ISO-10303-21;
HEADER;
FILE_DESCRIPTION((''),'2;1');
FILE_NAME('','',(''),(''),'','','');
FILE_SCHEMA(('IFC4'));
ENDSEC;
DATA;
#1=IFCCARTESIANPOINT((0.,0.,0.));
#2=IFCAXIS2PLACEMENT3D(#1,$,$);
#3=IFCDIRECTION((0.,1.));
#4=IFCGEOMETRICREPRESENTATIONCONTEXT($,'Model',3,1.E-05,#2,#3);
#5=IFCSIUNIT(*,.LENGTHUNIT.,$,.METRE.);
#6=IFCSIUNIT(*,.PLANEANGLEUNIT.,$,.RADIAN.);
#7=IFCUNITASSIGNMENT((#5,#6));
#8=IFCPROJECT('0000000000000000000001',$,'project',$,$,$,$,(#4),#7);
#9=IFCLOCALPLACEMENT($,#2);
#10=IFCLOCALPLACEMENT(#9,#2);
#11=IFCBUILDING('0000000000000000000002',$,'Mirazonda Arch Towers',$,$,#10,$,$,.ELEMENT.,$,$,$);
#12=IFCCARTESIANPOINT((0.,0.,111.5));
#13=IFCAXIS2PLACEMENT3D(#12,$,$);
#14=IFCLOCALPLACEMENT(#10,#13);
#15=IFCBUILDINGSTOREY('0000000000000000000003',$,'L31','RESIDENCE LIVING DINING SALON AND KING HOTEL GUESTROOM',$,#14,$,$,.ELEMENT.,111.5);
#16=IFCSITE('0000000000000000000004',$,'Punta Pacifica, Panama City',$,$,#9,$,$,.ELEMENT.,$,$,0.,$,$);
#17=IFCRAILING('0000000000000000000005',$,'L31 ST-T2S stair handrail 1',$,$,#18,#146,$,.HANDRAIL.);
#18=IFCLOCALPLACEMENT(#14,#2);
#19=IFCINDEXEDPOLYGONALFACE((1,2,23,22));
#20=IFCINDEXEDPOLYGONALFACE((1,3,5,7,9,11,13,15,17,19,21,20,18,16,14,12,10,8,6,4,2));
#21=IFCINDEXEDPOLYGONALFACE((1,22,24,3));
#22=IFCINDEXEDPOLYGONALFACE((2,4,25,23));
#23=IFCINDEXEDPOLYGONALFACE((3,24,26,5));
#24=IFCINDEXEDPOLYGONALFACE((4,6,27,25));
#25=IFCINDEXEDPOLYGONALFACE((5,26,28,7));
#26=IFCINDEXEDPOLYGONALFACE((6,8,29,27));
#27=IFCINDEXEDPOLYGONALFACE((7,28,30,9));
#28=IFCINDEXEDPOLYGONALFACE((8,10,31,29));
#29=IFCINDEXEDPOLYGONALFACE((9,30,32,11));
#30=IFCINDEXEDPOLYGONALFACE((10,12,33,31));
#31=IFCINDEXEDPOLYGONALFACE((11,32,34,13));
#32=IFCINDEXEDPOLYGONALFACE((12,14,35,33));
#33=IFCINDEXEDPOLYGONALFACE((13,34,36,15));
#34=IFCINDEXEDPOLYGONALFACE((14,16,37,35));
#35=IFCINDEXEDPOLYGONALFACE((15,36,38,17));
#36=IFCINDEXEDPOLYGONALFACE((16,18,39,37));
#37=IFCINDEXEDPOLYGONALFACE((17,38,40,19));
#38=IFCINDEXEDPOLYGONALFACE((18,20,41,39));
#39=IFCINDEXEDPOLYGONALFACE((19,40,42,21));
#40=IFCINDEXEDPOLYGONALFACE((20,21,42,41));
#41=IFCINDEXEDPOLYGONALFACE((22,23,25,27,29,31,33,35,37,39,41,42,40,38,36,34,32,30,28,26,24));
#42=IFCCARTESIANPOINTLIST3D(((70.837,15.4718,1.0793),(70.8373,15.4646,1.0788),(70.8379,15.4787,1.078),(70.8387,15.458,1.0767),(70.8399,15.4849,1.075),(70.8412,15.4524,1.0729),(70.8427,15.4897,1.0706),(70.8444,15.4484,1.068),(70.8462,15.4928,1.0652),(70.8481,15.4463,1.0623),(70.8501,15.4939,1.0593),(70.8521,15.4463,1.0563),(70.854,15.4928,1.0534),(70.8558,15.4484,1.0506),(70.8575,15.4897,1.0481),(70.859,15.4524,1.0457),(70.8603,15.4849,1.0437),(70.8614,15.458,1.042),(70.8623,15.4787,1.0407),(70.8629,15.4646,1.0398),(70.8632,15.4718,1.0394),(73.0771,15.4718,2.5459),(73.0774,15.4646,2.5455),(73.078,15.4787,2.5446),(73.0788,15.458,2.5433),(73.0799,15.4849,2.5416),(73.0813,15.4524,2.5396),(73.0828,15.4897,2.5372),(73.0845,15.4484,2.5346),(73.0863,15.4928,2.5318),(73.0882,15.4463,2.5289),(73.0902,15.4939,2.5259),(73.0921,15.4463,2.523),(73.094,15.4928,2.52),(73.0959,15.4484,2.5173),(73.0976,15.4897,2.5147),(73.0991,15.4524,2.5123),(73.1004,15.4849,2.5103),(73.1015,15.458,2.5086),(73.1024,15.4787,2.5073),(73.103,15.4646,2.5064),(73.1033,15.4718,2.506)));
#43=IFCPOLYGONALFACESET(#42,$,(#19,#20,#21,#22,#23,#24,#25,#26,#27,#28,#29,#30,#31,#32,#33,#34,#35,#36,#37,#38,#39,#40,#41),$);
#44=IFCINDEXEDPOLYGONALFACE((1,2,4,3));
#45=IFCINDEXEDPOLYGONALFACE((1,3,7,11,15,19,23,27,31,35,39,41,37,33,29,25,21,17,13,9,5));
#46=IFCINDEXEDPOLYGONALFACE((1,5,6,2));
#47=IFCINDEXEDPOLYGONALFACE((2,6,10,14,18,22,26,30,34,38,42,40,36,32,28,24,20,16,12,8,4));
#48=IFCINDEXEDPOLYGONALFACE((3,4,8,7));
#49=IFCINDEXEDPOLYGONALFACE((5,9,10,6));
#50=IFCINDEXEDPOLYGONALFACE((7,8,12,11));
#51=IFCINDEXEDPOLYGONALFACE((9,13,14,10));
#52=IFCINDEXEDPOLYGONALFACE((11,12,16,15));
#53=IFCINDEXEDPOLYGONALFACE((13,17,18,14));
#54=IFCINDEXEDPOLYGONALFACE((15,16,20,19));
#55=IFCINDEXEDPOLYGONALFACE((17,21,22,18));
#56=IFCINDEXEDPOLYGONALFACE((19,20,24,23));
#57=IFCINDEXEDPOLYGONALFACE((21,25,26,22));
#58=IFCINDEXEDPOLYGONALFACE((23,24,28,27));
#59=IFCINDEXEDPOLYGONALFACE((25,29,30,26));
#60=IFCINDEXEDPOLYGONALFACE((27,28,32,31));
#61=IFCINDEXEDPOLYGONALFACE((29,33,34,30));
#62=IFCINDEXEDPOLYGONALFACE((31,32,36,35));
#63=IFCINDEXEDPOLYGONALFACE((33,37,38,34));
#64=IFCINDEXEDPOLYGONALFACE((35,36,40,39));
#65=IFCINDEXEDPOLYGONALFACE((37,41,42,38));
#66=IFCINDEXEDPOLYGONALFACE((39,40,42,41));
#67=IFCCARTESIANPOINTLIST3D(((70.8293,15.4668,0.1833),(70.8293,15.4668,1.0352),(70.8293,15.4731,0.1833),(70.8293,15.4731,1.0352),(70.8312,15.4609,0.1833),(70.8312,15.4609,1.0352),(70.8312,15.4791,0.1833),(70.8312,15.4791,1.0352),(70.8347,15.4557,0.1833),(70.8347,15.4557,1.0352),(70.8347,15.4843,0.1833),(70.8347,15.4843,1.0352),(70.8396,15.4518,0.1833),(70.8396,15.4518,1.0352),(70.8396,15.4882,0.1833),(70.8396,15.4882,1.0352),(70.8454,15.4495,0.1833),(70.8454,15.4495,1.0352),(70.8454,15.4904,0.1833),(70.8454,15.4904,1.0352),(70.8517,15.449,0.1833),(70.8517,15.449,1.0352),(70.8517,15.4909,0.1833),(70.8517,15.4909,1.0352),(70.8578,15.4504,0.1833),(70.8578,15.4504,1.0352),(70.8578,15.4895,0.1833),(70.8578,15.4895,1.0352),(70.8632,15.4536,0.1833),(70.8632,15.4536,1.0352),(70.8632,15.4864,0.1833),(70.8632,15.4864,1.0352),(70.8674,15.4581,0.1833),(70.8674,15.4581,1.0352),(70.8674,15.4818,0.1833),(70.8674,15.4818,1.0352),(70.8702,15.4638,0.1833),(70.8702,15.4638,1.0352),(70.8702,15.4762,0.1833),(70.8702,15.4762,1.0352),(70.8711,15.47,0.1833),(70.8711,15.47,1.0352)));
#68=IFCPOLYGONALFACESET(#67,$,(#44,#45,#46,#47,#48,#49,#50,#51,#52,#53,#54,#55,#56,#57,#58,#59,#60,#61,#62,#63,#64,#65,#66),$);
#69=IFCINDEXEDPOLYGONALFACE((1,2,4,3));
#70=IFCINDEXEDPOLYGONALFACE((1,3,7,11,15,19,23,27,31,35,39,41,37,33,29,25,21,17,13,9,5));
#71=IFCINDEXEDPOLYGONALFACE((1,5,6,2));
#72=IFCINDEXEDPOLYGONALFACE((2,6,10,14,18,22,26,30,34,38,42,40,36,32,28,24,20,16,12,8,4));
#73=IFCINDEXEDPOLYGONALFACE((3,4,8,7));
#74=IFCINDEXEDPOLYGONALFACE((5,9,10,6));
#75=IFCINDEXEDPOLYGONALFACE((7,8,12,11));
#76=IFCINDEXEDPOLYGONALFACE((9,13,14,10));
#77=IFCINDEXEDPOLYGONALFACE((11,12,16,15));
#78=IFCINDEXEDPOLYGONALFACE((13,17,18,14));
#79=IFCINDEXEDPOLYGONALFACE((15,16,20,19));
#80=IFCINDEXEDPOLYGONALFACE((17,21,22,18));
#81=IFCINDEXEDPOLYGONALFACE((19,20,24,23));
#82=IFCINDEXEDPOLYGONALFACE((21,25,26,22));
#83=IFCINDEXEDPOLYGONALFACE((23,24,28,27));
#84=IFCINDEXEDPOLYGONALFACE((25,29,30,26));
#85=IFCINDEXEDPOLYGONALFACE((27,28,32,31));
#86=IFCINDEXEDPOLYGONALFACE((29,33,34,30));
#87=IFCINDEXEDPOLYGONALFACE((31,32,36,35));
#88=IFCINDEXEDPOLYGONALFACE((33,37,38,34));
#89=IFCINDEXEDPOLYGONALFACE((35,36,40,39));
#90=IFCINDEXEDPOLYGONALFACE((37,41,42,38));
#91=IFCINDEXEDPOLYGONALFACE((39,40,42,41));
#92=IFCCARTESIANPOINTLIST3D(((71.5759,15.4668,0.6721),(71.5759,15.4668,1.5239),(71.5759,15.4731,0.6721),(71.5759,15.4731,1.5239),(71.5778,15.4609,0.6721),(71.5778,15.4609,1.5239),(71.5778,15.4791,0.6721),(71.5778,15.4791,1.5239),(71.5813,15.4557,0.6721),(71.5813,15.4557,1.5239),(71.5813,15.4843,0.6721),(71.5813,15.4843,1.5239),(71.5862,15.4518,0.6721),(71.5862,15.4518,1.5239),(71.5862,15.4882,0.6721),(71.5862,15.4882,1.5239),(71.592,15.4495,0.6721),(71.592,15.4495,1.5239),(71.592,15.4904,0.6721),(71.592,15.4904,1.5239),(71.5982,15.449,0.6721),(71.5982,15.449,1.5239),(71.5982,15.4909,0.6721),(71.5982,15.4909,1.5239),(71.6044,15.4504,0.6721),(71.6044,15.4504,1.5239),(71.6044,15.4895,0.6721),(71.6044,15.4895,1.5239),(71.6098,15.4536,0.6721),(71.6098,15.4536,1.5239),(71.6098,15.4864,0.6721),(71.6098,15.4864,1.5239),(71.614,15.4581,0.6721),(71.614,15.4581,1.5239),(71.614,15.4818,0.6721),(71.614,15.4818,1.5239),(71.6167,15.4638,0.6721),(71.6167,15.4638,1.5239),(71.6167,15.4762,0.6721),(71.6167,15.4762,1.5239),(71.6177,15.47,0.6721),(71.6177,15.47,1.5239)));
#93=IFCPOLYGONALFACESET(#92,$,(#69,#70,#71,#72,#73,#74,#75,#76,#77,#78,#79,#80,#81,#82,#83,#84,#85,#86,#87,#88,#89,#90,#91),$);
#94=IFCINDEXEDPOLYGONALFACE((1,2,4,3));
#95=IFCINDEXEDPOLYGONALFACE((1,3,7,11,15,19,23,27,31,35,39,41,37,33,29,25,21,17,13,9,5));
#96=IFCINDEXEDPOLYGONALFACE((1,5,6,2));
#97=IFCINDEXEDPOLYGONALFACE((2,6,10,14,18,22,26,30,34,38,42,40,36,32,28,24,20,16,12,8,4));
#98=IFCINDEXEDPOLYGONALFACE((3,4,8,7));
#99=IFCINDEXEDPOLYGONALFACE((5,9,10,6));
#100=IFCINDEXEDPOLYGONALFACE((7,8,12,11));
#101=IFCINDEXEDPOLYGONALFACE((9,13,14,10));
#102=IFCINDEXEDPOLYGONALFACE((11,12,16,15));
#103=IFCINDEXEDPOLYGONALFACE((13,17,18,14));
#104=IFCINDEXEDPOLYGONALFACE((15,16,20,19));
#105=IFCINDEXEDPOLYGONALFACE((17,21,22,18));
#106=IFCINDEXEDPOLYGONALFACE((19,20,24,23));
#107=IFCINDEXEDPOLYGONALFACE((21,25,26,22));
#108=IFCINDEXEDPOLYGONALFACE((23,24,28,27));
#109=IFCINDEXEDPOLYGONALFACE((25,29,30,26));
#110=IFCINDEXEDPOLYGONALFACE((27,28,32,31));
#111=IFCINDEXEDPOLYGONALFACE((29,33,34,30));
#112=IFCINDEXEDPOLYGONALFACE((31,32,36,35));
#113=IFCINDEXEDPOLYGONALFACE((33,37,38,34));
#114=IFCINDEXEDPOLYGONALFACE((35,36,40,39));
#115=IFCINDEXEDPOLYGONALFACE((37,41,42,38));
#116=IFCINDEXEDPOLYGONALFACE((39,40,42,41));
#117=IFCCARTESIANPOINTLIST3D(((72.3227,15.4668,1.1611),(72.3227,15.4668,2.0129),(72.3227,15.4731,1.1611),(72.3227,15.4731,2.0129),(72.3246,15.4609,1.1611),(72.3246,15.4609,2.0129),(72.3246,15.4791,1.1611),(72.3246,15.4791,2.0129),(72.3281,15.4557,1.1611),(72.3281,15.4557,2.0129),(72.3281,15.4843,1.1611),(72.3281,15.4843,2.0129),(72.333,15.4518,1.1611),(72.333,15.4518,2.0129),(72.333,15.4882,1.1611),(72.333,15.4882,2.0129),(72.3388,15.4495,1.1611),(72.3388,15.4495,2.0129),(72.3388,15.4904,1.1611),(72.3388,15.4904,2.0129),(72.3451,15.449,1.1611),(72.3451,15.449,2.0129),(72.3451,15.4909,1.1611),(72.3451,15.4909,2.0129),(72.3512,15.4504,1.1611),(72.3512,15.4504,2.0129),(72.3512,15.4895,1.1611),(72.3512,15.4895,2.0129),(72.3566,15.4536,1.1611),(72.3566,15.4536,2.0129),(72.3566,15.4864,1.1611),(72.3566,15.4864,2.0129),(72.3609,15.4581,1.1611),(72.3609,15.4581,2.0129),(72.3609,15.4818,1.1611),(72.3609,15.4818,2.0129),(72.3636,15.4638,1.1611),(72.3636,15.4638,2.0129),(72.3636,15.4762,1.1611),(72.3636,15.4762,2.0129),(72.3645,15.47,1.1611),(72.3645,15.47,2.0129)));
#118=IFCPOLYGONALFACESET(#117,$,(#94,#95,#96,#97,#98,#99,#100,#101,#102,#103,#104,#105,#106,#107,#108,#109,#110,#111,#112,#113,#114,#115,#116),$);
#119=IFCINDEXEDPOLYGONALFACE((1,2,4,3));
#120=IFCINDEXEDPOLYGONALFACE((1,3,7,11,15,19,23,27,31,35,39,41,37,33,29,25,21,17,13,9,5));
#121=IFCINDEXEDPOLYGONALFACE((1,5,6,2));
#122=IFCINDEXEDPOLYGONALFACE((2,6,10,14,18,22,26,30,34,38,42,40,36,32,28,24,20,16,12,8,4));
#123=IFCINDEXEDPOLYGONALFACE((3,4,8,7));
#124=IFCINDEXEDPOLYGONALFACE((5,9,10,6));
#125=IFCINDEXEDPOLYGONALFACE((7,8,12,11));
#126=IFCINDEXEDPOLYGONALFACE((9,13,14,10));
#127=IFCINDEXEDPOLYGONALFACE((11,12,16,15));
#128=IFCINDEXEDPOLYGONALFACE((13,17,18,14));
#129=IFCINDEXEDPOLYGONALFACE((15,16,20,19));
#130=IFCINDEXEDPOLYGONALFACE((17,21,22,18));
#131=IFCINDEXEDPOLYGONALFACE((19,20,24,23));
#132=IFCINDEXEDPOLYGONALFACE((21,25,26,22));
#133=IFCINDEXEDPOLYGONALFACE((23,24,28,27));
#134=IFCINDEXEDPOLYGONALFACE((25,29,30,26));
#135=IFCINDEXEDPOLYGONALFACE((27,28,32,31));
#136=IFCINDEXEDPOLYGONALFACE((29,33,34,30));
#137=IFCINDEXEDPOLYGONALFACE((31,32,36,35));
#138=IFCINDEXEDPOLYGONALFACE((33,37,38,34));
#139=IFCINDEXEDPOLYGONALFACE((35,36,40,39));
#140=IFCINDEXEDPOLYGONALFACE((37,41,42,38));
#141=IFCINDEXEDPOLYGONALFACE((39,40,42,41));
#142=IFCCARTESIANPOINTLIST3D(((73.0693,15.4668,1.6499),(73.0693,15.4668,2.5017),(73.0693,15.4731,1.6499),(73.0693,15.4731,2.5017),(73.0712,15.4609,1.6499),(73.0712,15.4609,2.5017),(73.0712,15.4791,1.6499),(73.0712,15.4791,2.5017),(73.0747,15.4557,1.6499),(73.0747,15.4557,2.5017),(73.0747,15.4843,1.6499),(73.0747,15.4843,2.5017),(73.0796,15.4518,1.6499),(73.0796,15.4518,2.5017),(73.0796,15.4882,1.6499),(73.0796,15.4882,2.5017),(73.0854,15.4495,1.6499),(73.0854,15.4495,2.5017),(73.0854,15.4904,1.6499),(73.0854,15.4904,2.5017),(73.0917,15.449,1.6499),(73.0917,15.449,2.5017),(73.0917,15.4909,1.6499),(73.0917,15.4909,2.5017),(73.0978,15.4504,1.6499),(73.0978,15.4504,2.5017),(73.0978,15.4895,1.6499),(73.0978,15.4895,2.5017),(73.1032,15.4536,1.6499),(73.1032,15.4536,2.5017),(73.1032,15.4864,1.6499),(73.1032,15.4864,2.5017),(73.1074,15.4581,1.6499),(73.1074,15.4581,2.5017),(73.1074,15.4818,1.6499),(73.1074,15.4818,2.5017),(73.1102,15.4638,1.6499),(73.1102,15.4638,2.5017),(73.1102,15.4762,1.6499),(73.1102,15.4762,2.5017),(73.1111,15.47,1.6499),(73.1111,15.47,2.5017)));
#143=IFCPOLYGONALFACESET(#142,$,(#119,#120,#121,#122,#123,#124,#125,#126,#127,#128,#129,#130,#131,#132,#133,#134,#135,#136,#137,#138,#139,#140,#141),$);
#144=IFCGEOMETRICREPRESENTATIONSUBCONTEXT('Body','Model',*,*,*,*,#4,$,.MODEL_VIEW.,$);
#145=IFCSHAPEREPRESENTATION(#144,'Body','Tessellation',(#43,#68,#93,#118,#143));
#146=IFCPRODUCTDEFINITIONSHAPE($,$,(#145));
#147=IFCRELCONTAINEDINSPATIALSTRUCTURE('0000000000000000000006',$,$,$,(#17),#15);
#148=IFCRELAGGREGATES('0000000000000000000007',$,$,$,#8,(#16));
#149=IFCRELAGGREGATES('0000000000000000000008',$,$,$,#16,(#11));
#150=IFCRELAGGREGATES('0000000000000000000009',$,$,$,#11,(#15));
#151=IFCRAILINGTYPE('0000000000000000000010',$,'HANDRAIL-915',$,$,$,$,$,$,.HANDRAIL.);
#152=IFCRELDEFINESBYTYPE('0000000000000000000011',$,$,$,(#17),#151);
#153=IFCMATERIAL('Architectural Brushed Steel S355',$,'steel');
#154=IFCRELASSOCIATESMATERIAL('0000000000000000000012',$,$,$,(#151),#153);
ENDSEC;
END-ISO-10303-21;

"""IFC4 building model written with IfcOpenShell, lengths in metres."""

from ifc_helpers import new_model, si_unit, direction, frame, origin, origin_2d, place, context, subcontext, project, spatial, circle, extrude, material, type_object, element, save


model = new_model("IFC4")

# Units and contexts
model_context = context("Model", 3, precision=1e-05, world=origin(), true_north=direction((0.0, 1.0)))
body_context = subcontext(model_context, "Body", "Model", "MODEL_VIEW")
ifc_project = project(units=[si_unit("LENGTHUNIT", "METRE"), si_unit("PLANEANGLEUNIT", "RADIAN")], contexts=[model_context])

# Site, building, storey
site_placement = place(None, origin())
site = spatial("IfcSite", under=ifc_project, at=site_placement, Name="Punta Pacifica, Panama City", CompositionType="ELEMENT", RefElevation=0.0)
building_placement = place(site_placement, origin())
building = spatial("IfcBuilding", under=site, at=building_placement, Name="Mirazonda Arch Towers", CompositionType="ELEMENT")
storey_placement = place(building_placement, frame((0.0, 0.0, 111.5)))
storey = spatial("IfcBuildingStorey", under=building, at=storey_placement, Name="L31", Description="RESIDENCE LIVING DINING SALON AND KING HOTEL GUESTROOM", CompositionType="ELEMENT", Elevation=111.5)

# Railing
ifc_material_1 = material(Name="Architectural Brushed Steel S355", Category="steel")
railing_type_1 = type_object("IfcRailingType", Name="HANDRAIL-915", PredefinedType="HANDRAIL", material=ifc_material_1)
railing_1_placement = place(storey_placement, frame((70.8501, 15.47, 0.1833)))
element("IfcRailing", 1, at=railing_1_placement, inside=storey, type_object=railing_type_1, Name="L31 ST-T2S stair handrail 1", PredefinedType="HANDRAIL", context=body_context, shape_type="SweptSolid", body=[
    extrude(circle(Radius=0.0239, at=origin_2d()), frame((0.0, 0.0, 0.876), z_axis=(0.836637, 0.0, 0.547758), x_axis=(0.0, 1.0, 0.0)), (0.0, 0.0, 1.0), 2.6775),
    extrude(circle(Radius=0.021, at=origin_2d()), origin(), (0.0, 0.0, 1.0), 0.8518),
    extrude(circle(Radius=0.021, at=origin_2d()), frame((0.7466, 0.0, 0.4888)), (0.0, 0.0, 1.0), 0.8518),
    extrude(circle(Radius=0.021, at=origin_2d()), frame((1.4934, 0.0, 0.9778)), (0.0, 0.0, 1.0), 0.8518),
    extrude(circle(Radius=0.021, at=origin_2d()), frame((2.24, 0.0, 1.4666)), (0.0, 0.0, 1.0), 0.8518),
])

save(model, "model.ifc")
